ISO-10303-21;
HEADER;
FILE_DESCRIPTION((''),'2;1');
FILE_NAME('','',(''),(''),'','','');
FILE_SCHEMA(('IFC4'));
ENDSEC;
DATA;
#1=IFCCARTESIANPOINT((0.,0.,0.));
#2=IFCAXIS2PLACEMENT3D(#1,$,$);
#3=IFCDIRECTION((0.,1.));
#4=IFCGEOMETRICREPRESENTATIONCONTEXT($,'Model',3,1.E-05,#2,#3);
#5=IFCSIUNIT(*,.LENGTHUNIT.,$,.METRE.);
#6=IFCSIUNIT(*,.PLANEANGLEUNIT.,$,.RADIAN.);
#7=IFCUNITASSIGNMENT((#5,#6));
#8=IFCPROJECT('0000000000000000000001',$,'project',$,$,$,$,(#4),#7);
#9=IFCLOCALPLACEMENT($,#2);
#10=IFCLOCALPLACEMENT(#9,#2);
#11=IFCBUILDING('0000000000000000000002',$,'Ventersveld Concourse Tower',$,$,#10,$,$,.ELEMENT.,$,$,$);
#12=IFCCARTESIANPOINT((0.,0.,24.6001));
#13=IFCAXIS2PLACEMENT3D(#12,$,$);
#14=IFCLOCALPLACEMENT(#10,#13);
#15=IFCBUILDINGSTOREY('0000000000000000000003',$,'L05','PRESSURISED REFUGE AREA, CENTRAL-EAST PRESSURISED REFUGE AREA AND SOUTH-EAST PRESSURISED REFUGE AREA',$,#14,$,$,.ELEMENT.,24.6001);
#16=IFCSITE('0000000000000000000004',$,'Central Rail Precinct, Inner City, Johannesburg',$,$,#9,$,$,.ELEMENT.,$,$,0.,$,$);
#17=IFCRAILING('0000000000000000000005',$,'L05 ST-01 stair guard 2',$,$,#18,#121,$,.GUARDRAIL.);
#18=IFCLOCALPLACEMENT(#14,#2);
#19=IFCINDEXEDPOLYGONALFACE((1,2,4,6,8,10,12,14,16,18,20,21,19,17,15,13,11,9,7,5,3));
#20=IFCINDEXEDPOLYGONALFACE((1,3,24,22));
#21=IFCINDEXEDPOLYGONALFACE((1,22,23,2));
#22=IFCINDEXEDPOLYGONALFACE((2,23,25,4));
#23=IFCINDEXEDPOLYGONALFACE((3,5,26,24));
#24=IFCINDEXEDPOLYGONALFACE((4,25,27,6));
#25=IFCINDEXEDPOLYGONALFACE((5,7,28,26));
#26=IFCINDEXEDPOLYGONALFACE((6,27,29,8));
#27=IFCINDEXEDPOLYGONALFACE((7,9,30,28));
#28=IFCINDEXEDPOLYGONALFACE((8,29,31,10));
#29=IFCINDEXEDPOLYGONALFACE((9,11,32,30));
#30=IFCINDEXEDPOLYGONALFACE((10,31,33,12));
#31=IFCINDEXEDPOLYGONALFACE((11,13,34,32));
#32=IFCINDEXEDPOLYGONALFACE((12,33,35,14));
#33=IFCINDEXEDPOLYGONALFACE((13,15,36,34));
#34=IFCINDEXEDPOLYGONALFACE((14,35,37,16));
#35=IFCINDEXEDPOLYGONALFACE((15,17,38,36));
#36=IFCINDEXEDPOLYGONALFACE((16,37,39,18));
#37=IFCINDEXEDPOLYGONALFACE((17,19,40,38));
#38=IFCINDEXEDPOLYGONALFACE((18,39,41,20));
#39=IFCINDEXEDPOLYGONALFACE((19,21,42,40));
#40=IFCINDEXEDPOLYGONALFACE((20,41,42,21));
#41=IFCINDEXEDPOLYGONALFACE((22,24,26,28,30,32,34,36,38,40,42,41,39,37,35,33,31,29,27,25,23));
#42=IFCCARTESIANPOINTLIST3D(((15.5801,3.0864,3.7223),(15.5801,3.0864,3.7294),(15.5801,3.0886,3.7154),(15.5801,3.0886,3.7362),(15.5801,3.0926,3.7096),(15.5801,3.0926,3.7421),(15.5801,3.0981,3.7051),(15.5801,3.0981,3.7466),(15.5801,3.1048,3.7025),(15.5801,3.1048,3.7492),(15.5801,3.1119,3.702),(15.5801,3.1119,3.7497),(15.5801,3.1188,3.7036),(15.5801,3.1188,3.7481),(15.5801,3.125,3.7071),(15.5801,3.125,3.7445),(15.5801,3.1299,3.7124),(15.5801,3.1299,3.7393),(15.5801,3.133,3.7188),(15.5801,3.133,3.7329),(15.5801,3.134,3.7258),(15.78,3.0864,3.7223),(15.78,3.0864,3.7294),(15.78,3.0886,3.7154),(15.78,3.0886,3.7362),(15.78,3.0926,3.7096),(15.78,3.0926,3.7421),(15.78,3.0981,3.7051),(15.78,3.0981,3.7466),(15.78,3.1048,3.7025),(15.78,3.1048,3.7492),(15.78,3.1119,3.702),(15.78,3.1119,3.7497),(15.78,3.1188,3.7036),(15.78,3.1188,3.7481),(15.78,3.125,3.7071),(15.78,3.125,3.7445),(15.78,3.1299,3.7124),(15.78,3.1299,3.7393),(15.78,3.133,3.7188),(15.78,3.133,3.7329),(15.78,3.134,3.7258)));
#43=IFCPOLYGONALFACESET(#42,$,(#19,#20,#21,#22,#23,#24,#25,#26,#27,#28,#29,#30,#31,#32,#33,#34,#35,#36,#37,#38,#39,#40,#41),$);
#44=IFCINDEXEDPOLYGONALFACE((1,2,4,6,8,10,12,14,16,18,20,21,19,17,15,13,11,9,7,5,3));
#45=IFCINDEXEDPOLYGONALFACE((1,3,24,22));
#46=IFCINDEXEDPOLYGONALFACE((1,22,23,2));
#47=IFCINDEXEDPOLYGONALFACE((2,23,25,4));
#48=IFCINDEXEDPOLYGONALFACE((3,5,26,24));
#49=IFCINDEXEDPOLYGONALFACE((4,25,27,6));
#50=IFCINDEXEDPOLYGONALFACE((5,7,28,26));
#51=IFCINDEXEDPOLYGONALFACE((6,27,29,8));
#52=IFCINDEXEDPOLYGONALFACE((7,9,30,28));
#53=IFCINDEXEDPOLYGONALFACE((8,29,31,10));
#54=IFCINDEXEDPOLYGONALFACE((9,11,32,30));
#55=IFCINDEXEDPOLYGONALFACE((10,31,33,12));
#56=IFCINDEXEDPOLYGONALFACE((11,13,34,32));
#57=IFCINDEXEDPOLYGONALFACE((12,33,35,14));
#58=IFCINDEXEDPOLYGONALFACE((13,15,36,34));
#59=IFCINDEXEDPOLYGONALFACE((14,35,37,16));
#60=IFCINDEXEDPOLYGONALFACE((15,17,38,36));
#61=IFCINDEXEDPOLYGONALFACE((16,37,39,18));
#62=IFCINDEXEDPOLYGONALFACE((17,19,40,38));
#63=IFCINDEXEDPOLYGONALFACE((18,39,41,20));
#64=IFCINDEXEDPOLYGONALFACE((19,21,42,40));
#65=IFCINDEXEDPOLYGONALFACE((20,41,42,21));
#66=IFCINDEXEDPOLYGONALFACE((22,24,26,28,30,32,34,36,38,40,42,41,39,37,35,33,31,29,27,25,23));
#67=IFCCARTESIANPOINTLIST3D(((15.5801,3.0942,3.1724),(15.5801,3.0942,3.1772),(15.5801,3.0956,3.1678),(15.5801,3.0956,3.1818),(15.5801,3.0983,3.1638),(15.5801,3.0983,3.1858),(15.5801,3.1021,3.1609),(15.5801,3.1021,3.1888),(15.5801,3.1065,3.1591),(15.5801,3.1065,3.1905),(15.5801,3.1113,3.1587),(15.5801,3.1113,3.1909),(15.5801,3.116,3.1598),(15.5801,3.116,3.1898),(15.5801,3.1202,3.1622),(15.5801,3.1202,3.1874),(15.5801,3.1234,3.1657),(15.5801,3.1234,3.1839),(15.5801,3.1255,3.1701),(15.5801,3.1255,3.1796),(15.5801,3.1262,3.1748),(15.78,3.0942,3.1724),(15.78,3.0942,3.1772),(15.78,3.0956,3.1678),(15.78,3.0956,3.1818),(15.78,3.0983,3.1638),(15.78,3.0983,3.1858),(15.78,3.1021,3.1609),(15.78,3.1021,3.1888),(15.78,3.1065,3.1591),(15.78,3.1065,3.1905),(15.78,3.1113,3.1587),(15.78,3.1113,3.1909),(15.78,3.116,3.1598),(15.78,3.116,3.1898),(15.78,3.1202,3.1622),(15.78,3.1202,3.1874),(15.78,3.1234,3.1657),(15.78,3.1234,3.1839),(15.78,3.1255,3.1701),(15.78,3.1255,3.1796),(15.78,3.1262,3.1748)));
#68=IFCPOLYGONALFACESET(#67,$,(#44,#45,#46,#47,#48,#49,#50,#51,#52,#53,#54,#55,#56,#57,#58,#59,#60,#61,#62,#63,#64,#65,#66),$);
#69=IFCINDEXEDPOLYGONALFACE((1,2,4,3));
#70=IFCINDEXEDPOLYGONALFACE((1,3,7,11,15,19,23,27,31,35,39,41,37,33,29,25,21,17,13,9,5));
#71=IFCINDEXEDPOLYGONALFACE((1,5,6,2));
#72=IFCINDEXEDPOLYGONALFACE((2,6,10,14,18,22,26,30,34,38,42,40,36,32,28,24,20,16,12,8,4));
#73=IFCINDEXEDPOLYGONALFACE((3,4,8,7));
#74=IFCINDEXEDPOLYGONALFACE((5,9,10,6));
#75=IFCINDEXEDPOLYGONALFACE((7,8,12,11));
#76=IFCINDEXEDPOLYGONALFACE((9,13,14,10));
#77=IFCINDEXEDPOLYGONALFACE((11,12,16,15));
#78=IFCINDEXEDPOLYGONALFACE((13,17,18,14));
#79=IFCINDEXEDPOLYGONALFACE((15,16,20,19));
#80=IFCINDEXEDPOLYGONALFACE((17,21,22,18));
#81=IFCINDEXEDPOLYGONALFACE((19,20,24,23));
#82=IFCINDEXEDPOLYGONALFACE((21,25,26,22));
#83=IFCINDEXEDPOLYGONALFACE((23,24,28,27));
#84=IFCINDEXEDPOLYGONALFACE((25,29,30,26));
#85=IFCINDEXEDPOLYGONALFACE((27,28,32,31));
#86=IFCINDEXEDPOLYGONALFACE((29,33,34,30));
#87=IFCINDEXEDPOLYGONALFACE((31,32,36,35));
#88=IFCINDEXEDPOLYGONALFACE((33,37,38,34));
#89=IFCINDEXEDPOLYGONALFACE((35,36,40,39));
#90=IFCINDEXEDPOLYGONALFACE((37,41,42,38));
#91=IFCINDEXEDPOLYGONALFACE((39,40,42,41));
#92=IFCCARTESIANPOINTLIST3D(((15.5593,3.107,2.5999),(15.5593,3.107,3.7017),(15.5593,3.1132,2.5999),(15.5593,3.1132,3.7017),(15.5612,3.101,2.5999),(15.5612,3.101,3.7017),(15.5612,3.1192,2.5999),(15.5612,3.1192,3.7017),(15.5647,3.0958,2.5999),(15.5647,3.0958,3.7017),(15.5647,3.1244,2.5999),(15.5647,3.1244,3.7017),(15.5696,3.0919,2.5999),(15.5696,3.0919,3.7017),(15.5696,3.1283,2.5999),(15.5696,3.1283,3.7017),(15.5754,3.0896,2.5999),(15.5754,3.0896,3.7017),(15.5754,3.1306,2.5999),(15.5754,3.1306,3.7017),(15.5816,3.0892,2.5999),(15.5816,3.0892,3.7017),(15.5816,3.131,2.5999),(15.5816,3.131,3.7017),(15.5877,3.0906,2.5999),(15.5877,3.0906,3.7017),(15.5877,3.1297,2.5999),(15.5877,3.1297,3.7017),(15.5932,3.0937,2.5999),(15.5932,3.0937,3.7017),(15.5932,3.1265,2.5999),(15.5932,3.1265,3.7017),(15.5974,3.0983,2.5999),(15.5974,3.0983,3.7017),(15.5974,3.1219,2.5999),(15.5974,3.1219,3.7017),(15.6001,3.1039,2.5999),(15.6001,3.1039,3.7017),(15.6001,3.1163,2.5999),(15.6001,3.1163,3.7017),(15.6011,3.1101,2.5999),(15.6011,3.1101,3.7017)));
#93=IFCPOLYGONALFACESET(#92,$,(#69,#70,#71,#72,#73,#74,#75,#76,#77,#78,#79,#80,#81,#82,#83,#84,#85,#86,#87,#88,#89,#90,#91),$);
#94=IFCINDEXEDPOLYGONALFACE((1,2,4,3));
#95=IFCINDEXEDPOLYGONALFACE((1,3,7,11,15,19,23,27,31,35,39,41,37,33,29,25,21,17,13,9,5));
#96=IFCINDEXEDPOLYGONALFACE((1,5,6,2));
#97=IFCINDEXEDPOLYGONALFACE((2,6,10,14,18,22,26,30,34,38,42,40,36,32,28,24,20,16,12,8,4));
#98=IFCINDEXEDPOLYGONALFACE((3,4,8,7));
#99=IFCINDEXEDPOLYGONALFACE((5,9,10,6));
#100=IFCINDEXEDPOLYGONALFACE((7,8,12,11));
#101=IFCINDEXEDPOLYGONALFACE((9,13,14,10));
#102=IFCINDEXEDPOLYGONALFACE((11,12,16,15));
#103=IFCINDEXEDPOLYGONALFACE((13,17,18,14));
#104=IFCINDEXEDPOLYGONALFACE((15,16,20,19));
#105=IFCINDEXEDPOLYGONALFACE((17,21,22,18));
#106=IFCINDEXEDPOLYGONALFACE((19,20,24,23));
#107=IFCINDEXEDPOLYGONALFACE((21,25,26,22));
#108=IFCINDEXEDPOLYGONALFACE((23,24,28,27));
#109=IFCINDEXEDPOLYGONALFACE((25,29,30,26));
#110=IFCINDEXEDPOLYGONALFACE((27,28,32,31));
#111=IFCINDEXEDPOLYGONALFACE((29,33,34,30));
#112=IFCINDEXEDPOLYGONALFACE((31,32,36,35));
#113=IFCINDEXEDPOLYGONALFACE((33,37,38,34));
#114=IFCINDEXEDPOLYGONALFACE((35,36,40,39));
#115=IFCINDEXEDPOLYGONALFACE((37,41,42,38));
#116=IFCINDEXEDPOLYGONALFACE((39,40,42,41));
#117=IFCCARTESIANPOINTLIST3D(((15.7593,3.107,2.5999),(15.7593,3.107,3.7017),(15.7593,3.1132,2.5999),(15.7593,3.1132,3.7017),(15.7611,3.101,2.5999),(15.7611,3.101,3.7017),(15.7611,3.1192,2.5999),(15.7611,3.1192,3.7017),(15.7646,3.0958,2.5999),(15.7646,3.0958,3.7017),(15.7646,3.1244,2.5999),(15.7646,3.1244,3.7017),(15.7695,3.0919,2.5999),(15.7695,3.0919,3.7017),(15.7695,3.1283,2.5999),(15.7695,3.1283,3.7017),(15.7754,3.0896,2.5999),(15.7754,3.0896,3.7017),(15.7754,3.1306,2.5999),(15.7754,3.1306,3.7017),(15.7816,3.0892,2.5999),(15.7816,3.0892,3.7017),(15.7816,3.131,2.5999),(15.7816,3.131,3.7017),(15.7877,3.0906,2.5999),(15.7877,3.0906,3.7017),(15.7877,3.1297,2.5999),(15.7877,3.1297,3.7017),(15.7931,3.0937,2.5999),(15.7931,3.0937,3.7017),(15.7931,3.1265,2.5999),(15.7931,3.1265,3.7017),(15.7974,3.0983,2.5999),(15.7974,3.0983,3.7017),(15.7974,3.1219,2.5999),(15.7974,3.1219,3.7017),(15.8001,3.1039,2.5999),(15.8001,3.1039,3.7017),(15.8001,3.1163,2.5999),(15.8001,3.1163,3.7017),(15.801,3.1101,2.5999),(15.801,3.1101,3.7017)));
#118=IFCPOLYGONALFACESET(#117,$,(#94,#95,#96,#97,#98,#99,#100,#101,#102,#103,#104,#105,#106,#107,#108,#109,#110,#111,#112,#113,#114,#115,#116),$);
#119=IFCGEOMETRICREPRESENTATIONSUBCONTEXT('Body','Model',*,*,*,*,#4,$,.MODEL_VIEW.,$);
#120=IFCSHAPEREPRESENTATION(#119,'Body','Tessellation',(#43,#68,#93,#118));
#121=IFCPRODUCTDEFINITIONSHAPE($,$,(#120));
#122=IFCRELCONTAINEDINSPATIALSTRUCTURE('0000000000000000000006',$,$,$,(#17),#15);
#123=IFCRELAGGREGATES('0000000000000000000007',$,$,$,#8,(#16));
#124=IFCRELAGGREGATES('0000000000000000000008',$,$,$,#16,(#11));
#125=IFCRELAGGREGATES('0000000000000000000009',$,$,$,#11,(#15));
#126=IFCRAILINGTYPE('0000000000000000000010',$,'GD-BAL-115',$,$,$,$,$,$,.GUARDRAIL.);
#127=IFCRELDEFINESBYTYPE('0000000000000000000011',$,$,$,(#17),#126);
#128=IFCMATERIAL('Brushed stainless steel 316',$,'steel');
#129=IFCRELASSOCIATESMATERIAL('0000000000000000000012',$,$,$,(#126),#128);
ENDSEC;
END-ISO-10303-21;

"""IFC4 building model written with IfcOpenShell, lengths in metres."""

from ifc_helpers import new_model, si_unit, direction, frame, origin, origin_2d, place, context, subcontext, project, spatial, circle, extrude, material, type_object, element, save


model = new_model("IFC4")

# Units and contexts
model_context = context("Model", 3, precision=1e-05, world=origin(), true_north=direction((0.0, 1.0)))
body_context = subcontext(model_context, "Body", "Model", "MODEL_VIEW")
ifc_project = project(units=[si_unit("LENGTHUNIT", "METRE"), si_unit("PLANEANGLEUNIT", "RADIAN")], contexts=[model_context])

# Site, building, storey
site_placement = place(None, origin())
site = spatial("IfcSite", under=ifc_project, at=site_placement, Name="Central Rail Precinct, Inner City, Johannesburg", CompositionType="ELEMENT", RefElevation=0.0)
building_placement = place(site_placement, origin())
building = spatial("IfcBuilding", under=site, at=building_placement, Name="Ventersveld Concourse Tower", CompositionType="ELEMENT")
storey_placement = place(building_placement, frame((0.0, 0.0, 24.6001)))
storey = spatial("IfcBuildingStorey", under=building, at=storey_placement, Name="L05", Description="PRESSURISED REFUGE AREA, CENTRAL-EAST PRESSURISED REFUGE AREA AND SOUTH-EAST PRESSURISED REFUGE AREA", CompositionType="ELEMENT", Elevation=24.6001)

# Shared definitions
ifc_material_1 = material(Name="Brushed stainless steel 316", Category="steel")

# Railing
railing_type_1 = type_object("IfcRailingType", Name="GD-BAL-115", PredefinedType="GUARDRAIL", material=ifc_material_1)
railing_1_placement = place(storey_placement, frame((15.5801, 3.1101, 2.5999)))
element("IfcRailing", 1, at=railing_1_placement, inside=storey, type_object=railing_type_1, Name="L05 ST-01 stair guard 2", PredefinedType="GUARDRAIL", context=body_context, shape_type="SweptSolid", body=[
    extrude(circle(Radius=0.0239, at=origin_2d()), frame((0.0, 0.0, 1.126), z_axis=(1.0, 0.0, 0.0), x_axis=(0.0, 1.0, 0.0)), (0.0, 0.0, 1.0), 0.2),
    extrude(circle(Radius=0.0161, at=origin_2d()), frame((0.0, 0.0, 0.575), z_axis=(1.0, 0.0, 0.0), x_axis=(0.0, 1.0, 0.0)), (0.0, 0.0, 1.0), 0.2),
    extrude(circle(Radius=0.021, at=origin_2d()), origin(), (0.0, 0.0, 1.0), 1.1018),
    extrude(circle(Radius=0.021, at=origin_2d()), frame((0.2, 0.0, 0.0)), (0.0, 0.0, 1.0), 1.1018),
])

save(model, "model.ifc")
